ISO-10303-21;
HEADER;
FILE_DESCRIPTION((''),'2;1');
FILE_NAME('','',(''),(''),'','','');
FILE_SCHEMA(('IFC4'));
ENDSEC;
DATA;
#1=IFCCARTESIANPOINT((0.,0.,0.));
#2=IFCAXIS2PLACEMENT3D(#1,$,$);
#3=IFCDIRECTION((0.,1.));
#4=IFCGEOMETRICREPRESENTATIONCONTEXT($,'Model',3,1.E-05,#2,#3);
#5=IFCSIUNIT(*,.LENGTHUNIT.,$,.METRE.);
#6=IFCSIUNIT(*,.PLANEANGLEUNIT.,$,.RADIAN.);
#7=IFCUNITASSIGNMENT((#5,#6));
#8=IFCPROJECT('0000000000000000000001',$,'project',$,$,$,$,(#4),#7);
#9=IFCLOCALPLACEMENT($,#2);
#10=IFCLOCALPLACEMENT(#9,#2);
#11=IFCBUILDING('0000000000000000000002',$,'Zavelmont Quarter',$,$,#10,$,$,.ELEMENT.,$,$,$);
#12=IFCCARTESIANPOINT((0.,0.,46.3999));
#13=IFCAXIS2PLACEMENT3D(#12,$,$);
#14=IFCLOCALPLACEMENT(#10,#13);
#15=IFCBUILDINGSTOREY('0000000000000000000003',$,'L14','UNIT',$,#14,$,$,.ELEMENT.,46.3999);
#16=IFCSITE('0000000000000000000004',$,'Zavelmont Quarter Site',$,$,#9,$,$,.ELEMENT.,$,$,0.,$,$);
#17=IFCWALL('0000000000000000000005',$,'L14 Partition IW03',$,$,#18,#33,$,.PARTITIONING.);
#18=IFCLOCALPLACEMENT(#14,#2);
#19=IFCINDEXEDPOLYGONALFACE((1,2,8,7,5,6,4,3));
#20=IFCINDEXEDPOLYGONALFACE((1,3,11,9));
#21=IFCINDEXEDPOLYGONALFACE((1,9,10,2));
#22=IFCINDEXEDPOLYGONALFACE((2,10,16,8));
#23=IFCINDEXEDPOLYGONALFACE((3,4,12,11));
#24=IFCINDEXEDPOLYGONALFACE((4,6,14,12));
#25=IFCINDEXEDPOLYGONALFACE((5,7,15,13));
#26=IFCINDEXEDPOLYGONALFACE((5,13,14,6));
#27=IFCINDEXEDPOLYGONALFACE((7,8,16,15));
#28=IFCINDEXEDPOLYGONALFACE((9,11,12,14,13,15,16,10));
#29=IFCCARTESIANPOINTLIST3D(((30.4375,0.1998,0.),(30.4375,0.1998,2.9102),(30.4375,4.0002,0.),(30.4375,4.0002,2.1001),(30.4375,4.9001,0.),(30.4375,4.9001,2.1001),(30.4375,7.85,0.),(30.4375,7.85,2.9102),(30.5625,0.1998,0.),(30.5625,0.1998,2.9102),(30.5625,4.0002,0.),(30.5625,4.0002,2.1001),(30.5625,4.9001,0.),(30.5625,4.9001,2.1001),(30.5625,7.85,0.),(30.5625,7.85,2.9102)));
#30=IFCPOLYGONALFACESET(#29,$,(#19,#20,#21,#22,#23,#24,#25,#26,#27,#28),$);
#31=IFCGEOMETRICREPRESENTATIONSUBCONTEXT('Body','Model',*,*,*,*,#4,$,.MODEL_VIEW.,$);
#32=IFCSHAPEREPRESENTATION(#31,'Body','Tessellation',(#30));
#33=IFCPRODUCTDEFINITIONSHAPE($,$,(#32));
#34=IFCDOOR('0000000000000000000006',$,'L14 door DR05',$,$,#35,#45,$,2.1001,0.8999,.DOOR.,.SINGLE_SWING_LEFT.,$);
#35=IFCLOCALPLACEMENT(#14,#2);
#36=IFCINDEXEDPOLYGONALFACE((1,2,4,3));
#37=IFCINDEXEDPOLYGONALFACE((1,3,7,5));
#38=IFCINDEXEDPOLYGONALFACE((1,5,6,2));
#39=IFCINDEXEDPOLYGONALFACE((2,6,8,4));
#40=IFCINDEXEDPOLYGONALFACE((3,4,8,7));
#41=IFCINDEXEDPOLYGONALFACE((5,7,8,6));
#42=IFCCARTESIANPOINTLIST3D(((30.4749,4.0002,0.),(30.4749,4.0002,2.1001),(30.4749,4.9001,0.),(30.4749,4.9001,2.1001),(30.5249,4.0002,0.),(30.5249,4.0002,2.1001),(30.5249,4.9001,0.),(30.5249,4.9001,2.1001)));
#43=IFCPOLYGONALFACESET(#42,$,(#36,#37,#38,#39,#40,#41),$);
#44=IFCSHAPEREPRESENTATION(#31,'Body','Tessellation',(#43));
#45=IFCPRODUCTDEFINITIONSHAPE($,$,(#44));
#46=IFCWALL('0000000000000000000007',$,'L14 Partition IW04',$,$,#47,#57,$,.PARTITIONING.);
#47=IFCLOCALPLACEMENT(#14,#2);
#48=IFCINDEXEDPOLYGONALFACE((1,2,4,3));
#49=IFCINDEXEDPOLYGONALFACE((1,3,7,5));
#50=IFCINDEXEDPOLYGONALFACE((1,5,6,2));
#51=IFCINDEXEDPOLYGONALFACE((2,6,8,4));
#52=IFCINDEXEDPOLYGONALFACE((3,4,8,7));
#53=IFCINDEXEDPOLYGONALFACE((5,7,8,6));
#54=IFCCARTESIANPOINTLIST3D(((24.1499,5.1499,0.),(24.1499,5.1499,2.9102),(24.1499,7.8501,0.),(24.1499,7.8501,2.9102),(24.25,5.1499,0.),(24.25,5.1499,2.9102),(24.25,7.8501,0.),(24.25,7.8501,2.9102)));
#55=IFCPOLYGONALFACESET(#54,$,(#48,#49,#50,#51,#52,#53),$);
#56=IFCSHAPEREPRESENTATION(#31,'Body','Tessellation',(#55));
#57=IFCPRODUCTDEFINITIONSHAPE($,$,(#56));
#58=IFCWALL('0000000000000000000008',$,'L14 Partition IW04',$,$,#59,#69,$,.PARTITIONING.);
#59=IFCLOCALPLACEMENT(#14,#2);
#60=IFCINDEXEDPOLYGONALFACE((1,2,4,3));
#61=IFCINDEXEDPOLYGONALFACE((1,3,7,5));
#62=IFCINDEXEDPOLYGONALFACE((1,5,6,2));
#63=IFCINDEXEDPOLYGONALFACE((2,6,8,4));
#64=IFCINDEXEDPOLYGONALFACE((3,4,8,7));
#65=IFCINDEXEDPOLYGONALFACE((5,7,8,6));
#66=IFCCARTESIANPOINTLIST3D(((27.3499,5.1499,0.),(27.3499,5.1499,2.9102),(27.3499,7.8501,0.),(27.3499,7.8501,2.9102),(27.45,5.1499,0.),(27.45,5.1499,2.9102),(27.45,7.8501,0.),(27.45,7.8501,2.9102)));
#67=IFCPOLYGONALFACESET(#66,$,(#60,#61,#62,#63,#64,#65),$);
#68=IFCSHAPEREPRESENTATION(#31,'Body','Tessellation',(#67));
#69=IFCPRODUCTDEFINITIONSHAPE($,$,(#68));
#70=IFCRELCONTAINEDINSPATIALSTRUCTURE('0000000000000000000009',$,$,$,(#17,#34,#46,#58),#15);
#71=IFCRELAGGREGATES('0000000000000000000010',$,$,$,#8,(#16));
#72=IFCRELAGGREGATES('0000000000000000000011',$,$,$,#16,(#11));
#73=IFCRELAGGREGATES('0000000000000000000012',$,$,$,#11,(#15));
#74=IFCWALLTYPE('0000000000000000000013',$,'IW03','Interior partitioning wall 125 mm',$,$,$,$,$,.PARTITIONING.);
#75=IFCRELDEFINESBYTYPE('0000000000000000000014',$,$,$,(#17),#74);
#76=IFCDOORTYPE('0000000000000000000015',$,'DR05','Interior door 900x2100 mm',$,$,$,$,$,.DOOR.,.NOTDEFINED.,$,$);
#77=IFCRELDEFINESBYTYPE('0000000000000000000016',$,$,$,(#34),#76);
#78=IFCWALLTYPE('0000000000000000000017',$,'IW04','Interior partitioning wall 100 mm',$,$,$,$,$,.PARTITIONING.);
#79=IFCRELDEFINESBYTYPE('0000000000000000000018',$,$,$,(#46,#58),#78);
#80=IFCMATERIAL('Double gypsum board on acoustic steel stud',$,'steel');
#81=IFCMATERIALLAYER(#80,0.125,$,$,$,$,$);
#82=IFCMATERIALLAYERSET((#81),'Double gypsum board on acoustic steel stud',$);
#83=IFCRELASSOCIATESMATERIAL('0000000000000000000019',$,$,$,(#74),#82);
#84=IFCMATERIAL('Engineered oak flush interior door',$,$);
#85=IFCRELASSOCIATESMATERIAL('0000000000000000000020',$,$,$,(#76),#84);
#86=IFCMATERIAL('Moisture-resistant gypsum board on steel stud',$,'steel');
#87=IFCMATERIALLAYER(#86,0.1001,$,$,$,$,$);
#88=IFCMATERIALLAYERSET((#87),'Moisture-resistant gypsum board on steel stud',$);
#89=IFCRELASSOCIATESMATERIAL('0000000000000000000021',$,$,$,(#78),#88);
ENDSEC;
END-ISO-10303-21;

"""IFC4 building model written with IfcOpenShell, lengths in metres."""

from ifc_helpers import new_model, si_unit, direction, frame, frame_2d, origin, origin_with_axes, place, context, subcontext, project, spatial, rectangle, extrude, material, layer, layer_set, type_object, element, fill, save


model = new_model("IFC4")

# Units and contexts
model_context = context("Model", 3, precision=1e-05, world=origin(), true_north=direction((0.0, 1.0)))
body_context = subcontext(model_context, "Body", "Model", "MODEL_VIEW")
ifc_project = project(units=[si_unit("LENGTHUNIT", "METRE"), si_unit("PLANEANGLEUNIT", "RADIAN")], contexts=[model_context])

# Site, building, storey
site_placement = place(None, origin())
site = spatial("IfcSite", under=ifc_project, at=site_placement, Name="Zavelmont Quarter Site", CompositionType="ELEMENT", RefElevation=0.0)
building_placement = place(site_placement, origin())
building = spatial("IfcBuilding", under=site, at=building_placement, Name="Zavelmont Quarter", CompositionType="ELEMENT")
storey_placement = place(building_placement, frame((0.0, 0.0, 46.3999)))
storey = spatial("IfcBuildingStorey", under=building, at=storey_placement, Name="L14", Description="UNIT", CompositionType="ELEMENT", Elevation=46.3999)

# Shared definitions
ifc_material_1 = material(Name="Double gypsum board on acoustic steel stud", Category="steel")
ifc_layer_1 = layer(ifc_material_1, 0.125)
ifc_layer_set_1 = layer_set([ifc_layer_1], Name="Double gypsum board on acoustic steel stud")
wall_type_1 = type_object("IfcWallType", Name="IW03", Description="Interior partitioning wall 125 mm", PredefinedType="PARTITIONING", material=ifc_layer_set_1)

# Wall, opening, door
wall_1_placement = place(storey_placement, frame((30.5, 7.8501, 0.0), z_axis=(0.0, 0.0, 1.0), x_axis=(0.0, -1.0, 0.0)))
wall_1 = element("IfcWall", 1, at=wall_1_placement, inside=storey, type_object=wall_type_1, Name="L14 Partition IW03", PredefinedType="PARTITIONING", context=body_context, shape_type="SweptSolid", body=[
    extrude(rectangle(XDim=7.6501, YDim=0.125, at=frame_2d((3.8252, 0.0))), origin(), (0.0, 0.0, 1.0), 2.9102),
])
opening_placement = place(wall_1_placement, frame((2.95, 0.0, 0.0)))
opening = element("IfcOpeningElement", 2, at=opening_placement, cuts=wall_1, PredefinedType="OPENING", context=body_context, shape_type="SweptSolid", body=[
    extrude(rectangle(XDim=0.8999, YDim=2.1001, at=frame_2d((0.45, 1.05))), frame((0.0, 0.0745, 0.0), z_axis=(0.0, -1.0, 0.0), x_axis=(1.0, 0.0, 0.0)), (0.0, 0.0, 1.0), 0.1489),
])
ifc_material_2 = material(Name="Engineered oak flush interior door")
door_type = type_object("IfcDoorType", Name="DR05", Description="Interior door 900x2100 mm", OperationType="NOTDEFINED", PredefinedType="DOOR", material=ifc_material_2)
door_placement = place(opening_placement, origin_with_axes())
door = element("IfcDoor", 3, at=door_placement, inside=storey, type_object=door_type, Name="L14 door DR05", OperationType="SINGLE_SWING_LEFT", OverallHeight=2.1001, OverallWidth=0.8999, PredefinedType="DOOR", context=body_context, shape_type="SweptSolid", body=[
    extrude(rectangle(XDim=0.8999, YDim=2.1001, at=frame_2d((0.45, 1.05))), frame((0.0, 0.0249, 0.0), z_axis=(0.0, -1.0, 0.0), x_axis=(1.0, 0.0, 0.0)), (0.0, 0.0, 1.0), 0.05),
])
fill(opening, door)

# Walls
ifc_material_3 = material(Name="Moisture-resistant gypsum board on steel stud", Category="steel")
ifc_layer_2 = layer(ifc_material_3, 0.1001)
ifc_layer_set_2 = layer_set([ifc_layer_2], Name="Moisture-resistant gypsum board on steel stud")
wall_type_2 = type_object("IfcWallType", Name="IW04", Description="Interior partitioning wall 100 mm", PredefinedType="PARTITIONING", material=ifc_layer_set_2)
for number, where, z_axis, x_axis, name in (
    (4, (24.2, 7.8501, 0.0), (0.0, 0.0, 1.0), (0.0, -1.0, 0.0), "L14 Partition IW04"),
    (5, (27.3999, 7.8501, 0.0), (0.0, 0.0, 1.0), (0.0, -1.0, 0.0), "L14 Partition IW04"),
):
    element("IfcWall", number, at=place(storey_placement, frame(where, z_axis=z_axis, x_axis=x_axis)), inside=storey, type_object=wall_type_2, Name=name, PredefinedType="PARTITIONING", context=body_context, shape_type="SweptSolid", body=[
        extrude(rectangle(XDim=2.7002, YDim=0.1001, at=frame_2d((1.3501, 0.0))), origin(), (0.0, 0.0, 1.0), 2.9102),
    ])

save(model, "model.ifc")
